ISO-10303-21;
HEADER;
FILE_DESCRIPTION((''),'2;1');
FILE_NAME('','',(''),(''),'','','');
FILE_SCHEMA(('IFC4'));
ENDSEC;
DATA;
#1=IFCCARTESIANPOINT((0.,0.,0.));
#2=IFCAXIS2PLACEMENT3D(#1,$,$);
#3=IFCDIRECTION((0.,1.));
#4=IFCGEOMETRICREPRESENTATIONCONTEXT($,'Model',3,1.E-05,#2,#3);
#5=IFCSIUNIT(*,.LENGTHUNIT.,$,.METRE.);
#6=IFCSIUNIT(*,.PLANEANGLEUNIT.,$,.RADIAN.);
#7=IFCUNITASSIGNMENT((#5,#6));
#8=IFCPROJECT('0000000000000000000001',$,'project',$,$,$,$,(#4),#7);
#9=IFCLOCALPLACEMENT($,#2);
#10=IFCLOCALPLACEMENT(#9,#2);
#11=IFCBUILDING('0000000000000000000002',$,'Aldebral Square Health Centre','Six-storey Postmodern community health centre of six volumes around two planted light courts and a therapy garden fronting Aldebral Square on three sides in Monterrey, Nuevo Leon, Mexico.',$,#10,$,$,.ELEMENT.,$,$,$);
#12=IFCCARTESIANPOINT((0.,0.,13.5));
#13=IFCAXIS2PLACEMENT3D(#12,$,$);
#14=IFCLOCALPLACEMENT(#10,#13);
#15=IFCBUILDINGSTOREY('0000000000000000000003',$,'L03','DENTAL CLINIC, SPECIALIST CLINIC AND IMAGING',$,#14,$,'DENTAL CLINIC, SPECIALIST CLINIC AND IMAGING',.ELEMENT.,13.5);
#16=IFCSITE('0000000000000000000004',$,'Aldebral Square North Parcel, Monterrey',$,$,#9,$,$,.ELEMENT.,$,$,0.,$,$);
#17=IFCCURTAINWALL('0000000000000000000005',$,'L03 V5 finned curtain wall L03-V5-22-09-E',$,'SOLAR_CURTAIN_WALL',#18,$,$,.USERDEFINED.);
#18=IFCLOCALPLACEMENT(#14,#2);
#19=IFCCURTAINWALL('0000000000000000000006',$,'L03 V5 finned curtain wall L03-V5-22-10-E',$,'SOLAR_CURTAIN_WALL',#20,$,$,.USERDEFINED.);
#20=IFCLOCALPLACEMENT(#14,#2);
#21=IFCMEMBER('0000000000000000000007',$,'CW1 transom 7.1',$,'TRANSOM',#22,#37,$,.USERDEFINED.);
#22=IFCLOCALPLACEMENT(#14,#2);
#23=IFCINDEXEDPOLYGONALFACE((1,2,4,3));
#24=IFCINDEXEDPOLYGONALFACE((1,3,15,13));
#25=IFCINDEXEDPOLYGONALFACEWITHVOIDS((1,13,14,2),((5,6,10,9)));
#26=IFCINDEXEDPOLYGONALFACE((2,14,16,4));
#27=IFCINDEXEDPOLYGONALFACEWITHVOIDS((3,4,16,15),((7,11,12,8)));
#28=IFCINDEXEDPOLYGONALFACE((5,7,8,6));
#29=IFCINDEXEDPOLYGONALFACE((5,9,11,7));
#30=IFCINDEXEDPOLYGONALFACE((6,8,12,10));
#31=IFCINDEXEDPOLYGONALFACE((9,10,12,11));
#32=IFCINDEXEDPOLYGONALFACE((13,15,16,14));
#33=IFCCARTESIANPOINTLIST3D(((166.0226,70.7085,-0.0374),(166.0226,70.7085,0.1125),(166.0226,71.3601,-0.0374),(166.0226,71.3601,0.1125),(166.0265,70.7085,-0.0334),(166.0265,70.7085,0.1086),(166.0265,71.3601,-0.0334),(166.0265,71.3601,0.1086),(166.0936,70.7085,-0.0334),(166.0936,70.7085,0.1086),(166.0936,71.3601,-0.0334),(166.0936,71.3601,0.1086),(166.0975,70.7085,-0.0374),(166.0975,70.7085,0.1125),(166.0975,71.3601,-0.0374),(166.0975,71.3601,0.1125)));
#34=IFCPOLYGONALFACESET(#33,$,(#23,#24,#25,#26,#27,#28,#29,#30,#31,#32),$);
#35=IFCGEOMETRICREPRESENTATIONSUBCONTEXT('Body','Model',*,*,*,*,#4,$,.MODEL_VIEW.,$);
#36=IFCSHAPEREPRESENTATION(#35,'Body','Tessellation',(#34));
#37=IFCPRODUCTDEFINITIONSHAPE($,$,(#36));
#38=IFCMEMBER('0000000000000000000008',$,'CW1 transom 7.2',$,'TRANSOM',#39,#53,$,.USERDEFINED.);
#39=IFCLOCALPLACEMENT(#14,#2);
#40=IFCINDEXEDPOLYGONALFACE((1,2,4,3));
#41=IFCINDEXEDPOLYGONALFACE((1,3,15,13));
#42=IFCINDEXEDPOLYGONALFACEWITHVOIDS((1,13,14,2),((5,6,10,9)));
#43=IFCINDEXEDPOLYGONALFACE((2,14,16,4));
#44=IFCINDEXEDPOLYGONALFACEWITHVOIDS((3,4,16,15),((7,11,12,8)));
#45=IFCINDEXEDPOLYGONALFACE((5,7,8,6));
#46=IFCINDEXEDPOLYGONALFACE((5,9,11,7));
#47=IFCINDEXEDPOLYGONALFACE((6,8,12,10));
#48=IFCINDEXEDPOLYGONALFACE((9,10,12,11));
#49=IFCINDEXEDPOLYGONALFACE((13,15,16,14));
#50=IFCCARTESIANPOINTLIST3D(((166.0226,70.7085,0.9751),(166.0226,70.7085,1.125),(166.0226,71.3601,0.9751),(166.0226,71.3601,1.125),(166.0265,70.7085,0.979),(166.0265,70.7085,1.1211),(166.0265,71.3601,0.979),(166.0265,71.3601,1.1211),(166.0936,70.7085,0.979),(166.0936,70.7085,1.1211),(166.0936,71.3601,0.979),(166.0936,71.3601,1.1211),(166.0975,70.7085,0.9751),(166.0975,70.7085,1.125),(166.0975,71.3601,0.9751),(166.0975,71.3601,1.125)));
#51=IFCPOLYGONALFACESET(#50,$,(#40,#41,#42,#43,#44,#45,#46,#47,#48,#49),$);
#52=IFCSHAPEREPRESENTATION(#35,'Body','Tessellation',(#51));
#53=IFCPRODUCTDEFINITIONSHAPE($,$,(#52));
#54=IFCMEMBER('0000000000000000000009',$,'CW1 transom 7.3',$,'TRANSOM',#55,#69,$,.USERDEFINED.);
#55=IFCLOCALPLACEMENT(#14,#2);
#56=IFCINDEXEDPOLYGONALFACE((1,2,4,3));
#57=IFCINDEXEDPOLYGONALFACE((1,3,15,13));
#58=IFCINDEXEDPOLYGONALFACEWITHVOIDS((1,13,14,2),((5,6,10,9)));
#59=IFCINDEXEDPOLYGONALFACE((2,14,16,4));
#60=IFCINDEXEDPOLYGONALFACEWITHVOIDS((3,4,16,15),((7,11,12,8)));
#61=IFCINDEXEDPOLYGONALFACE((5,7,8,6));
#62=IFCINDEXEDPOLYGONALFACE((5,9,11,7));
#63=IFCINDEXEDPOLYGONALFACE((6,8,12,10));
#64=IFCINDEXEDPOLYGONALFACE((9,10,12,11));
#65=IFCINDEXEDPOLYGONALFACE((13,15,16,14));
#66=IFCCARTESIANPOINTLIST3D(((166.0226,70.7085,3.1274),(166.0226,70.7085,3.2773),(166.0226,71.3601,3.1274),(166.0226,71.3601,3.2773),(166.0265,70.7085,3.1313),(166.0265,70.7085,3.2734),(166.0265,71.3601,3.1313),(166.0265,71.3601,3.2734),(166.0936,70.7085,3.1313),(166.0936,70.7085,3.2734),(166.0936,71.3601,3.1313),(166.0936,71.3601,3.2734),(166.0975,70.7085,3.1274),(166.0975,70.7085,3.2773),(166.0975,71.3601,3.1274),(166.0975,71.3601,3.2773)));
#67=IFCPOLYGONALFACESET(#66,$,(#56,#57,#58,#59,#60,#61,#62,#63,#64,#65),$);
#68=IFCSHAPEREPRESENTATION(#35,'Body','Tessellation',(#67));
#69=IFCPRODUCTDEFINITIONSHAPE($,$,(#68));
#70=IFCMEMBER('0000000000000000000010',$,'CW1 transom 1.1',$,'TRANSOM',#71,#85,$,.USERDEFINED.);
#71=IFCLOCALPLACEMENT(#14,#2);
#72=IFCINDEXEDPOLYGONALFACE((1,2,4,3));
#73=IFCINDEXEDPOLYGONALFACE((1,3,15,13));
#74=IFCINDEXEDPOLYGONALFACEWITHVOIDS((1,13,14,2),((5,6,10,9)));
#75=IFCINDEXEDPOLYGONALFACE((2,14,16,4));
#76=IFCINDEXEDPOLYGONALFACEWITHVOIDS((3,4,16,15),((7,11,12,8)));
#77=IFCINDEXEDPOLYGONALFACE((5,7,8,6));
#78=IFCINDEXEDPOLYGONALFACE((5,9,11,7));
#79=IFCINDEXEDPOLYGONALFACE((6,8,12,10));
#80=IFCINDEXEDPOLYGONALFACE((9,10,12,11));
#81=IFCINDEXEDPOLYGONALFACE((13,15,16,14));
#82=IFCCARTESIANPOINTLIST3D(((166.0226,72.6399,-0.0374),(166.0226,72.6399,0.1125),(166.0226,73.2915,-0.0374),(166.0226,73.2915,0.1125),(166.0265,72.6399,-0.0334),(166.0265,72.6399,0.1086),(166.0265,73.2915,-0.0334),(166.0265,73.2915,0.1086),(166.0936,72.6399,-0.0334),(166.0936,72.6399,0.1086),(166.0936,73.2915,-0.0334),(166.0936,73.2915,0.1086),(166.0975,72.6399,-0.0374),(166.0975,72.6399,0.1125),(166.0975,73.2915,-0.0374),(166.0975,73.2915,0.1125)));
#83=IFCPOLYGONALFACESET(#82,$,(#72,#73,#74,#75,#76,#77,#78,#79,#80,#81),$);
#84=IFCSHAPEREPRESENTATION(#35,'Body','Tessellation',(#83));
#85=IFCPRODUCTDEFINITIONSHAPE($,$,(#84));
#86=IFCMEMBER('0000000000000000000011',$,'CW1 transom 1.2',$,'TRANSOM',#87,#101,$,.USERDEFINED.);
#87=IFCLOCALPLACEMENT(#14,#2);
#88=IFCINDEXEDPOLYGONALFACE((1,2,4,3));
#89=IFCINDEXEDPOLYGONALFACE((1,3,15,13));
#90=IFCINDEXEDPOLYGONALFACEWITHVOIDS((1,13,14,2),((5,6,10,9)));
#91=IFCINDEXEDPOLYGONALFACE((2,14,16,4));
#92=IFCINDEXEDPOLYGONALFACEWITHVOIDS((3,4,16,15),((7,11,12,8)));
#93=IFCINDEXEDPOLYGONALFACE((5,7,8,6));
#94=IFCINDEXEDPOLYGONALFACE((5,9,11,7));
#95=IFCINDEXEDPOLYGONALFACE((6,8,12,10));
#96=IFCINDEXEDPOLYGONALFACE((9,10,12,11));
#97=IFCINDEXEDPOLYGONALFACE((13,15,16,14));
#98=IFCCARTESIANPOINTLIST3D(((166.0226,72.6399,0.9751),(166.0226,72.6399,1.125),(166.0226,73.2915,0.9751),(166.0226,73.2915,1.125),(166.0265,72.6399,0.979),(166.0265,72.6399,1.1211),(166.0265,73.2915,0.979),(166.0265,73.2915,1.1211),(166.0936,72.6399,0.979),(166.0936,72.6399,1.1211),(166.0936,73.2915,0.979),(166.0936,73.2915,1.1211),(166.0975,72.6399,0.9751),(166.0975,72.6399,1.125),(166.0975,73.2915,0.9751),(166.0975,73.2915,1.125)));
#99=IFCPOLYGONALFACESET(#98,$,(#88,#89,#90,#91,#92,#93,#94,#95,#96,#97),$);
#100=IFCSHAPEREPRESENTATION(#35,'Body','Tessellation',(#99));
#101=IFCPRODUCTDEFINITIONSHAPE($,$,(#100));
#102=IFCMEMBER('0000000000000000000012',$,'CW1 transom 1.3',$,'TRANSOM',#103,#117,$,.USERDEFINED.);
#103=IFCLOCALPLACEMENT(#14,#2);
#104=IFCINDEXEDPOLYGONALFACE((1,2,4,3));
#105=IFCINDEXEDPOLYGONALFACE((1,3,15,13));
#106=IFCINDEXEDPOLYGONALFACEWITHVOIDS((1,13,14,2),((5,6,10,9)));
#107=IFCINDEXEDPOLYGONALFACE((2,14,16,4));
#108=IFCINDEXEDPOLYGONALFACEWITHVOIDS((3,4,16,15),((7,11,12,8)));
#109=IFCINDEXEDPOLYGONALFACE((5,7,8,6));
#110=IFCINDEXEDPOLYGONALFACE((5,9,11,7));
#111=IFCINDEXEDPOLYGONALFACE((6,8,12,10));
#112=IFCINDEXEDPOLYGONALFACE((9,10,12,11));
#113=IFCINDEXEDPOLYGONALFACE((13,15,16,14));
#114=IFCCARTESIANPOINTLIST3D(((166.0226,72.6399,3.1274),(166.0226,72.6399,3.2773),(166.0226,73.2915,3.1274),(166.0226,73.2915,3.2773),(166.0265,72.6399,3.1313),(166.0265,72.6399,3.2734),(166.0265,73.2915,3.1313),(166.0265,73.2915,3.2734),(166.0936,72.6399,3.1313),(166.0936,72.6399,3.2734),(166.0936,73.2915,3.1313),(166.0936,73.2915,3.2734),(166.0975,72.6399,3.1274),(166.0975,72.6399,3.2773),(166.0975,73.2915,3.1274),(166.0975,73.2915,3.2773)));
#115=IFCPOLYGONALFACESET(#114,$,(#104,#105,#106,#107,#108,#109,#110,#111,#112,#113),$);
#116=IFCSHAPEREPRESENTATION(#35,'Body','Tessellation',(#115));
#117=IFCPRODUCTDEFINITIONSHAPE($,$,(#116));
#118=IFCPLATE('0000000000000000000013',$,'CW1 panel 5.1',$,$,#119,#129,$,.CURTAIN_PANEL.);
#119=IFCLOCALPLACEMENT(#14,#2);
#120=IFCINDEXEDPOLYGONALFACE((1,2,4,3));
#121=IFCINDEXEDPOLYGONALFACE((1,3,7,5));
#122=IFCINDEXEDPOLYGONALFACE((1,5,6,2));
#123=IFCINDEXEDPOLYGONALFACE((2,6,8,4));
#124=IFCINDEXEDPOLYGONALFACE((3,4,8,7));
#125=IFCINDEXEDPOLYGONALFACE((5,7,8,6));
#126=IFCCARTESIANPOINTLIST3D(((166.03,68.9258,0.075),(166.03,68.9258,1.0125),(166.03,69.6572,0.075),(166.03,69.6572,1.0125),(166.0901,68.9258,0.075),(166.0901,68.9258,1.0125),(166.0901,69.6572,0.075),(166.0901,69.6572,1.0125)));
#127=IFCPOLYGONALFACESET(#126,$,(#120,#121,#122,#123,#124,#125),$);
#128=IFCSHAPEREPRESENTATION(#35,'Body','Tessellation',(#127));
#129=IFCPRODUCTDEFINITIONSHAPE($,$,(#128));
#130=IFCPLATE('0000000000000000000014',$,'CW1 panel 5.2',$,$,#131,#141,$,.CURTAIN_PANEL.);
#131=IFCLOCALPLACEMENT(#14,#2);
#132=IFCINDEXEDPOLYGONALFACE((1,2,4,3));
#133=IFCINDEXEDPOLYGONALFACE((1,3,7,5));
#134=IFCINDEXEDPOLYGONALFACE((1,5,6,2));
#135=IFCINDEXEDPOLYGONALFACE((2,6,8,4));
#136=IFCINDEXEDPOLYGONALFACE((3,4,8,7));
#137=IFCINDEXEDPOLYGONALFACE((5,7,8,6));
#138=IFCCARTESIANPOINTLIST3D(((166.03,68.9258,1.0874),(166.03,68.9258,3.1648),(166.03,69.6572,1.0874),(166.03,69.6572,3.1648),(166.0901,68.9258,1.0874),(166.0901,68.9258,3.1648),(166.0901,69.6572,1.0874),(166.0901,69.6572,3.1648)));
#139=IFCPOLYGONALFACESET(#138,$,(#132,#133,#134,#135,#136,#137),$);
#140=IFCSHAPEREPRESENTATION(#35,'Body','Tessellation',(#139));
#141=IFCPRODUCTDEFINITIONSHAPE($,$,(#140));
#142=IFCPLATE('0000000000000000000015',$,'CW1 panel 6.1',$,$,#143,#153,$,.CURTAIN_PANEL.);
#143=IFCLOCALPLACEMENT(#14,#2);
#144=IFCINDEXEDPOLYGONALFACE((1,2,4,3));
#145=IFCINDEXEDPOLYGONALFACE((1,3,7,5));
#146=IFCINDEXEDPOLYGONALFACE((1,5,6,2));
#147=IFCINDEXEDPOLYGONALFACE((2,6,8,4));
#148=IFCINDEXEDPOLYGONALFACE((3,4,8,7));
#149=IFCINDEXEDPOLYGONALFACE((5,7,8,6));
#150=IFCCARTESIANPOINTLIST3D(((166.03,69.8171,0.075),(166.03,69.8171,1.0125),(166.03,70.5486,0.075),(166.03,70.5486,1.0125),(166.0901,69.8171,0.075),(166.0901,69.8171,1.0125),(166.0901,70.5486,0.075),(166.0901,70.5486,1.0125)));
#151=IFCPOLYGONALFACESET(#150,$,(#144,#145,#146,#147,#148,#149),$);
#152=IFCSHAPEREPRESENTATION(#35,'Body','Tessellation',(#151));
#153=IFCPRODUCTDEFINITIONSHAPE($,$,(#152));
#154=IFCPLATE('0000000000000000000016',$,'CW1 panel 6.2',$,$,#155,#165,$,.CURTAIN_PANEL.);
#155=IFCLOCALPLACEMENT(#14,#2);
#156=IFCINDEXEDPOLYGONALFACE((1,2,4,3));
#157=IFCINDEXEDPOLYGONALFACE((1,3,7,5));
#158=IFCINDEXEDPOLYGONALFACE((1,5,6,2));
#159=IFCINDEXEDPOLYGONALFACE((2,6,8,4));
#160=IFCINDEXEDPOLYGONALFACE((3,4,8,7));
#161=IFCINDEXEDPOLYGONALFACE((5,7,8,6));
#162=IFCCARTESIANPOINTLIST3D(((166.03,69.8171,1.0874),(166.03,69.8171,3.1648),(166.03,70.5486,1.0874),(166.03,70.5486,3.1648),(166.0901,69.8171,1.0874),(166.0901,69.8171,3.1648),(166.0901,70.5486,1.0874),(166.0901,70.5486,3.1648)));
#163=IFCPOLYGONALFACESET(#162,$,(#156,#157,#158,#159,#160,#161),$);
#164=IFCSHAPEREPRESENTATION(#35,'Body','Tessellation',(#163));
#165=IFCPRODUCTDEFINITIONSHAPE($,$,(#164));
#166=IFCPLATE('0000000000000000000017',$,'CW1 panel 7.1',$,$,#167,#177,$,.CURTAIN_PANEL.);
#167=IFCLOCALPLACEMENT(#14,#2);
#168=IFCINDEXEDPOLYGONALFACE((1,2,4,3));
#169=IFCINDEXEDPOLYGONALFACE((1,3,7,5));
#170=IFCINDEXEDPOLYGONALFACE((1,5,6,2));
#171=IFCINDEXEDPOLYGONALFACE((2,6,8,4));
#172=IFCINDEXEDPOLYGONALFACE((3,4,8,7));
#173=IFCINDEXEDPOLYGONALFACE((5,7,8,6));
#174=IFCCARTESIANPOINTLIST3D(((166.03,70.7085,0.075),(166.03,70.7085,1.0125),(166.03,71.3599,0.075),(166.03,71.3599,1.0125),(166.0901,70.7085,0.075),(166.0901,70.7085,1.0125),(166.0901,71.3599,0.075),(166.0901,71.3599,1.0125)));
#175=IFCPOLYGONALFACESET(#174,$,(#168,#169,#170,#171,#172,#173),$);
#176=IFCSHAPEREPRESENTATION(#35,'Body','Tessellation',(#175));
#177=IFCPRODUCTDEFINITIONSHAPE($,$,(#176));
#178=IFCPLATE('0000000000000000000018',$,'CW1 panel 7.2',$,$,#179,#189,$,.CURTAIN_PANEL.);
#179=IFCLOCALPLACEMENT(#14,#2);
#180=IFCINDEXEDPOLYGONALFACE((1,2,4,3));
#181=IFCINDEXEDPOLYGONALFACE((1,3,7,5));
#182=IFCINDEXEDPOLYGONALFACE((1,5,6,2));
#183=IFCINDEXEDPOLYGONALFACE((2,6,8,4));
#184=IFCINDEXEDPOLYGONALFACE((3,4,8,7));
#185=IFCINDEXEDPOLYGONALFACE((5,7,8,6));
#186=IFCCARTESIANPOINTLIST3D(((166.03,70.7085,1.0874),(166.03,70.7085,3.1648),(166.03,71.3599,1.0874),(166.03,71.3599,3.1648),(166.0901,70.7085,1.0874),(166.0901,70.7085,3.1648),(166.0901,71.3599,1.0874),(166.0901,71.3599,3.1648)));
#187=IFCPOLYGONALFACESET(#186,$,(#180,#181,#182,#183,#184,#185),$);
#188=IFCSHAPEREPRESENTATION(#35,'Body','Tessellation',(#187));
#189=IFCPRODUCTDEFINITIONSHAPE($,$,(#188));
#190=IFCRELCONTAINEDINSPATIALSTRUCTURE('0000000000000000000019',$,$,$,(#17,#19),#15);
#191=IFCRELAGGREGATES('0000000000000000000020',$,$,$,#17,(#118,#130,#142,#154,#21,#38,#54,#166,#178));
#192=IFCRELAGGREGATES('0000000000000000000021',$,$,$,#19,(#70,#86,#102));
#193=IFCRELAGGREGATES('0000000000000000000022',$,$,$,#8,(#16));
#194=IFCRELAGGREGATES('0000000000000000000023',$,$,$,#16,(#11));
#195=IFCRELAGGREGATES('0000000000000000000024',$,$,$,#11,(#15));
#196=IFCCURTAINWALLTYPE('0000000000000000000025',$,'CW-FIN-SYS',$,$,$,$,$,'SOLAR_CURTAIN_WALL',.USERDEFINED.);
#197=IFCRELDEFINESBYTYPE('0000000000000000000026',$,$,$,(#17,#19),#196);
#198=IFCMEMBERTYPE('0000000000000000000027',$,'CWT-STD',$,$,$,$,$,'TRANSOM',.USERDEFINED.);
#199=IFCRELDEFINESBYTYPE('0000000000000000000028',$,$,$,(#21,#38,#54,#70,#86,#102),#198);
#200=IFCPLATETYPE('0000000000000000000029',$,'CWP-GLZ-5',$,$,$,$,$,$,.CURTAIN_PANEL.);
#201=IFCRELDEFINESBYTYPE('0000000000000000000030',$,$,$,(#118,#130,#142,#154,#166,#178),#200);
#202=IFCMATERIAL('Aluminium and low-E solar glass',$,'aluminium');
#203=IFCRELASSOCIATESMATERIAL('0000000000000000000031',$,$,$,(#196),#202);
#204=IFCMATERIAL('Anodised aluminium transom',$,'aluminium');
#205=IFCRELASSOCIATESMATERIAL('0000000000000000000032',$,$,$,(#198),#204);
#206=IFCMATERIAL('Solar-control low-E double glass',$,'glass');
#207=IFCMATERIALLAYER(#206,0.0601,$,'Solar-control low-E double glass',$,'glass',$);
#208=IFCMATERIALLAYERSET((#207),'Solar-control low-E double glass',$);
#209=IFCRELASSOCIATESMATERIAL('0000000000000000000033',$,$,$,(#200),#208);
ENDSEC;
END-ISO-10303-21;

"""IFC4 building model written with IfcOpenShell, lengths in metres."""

from ifc_helpers import new_model, si_unit, direction, frame, origin, origin_2d, place, context, subcontext, project, spatial, rectangle, hollow_rectangle, extrude, material, layer, layer_set, material_profile, profile_set, type_object, element, aggregate, save


model = new_model("IFC4")

# Units and contexts
model_context = context("Model", 3, precision=1e-05, world=origin(), true_north=direction((0.0, 1.0)))
body_context = subcontext(model_context, "Body", "Model", "MODEL_VIEW")
ifc_project = project(units=[si_unit("LENGTHUNIT", "METRE"), si_unit("PLANEANGLEUNIT", "RADIAN")], contexts=[model_context])

# Site, building, storey
site_placement = place(None, origin())
site = spatial("IfcSite", under=ifc_project, at=site_placement, Name="Aldebral Square North Parcel, Monterrey", CompositionType="ELEMENT", RefElevation=0.0)
building_placement = place(site_placement, origin())
building = spatial("IfcBuilding", under=site, at=building_placement, Name="Aldebral Square Health Centre", Description="Six-storey Postmodern community health centre of six volumes around two planted light courts and a therapy garden fronting Aldebral Square on three sides in Monterrey, Nuevo Leon, Mexico.", CompositionType="ELEMENT")
storey_placement = place(building_placement, frame((0.0, 0.0, 13.5)))
storey = spatial("IfcBuildingStorey", under=building, at=storey_placement, Name="L03", Description="DENTAL CLINIC, SPECIALIST CLINIC AND IMAGING", LongName="DENTAL CLINIC, SPECIALIST CLINIC AND IMAGING", CompositionType="ELEMENT", Elevation=13.5)

# Curtain wall
ifc_material_1 = material(Name="Aluminium and low-E solar glass", Category="aluminium")
curtain_wall_type = type_object("IfcCurtainWallType", Name="CW-FIN-SYS", ElementType="SOLAR_CURTAIN_WALL", PredefinedType="USERDEFINED", material=ifc_material_1)
curtain_wall_1_placement = place(storey_placement, origin())
curtain_wall_1 = element("IfcCurtainWall", 1, at=curtain_wall_1_placement, inside=storey, type_object=curtain_wall_type, Name="L03 V5 finned curtain wall L03-V5-22-09-E", ObjectType="SOLAR_CURTAIN_WALL", PredefinedType="USERDEFINED")

# Curtain wall
curtain_wall_2_placement = place(storey_placement, origin())
curtain_wall_2 = element("IfcCurtainWall", 2, at=curtain_wall_2_placement, inside=storey, type_object=curtain_wall_type, Name="L03 V5 finned curtain wall L03-V5-22-10-E", ObjectType="SOLAR_CURTAIN_WALL", PredefinedType="USERDEFINED")

# Members
ifc_material_2 = material(Name="Anodised aluminium transom", Category="aluminium")
ifc_material_profile_1 = material_profile(ifc_material_2, hollow_rectangle(XDim=0.075, YDim=0.1499, WallThickness=0.0039, at=origin_2d()), Name="CWT 75x150x4")
ifc_profile_set_1 = profile_set([ifc_material_profile_1], Name="Anodised aluminium transom")
member_type_1 = type_object("IfcMemberType", Name="CWT-STD", ElementType="TRANSOM", PredefinedType="USERDEFINED", material=ifc_profile_set_1)
member_1_placement = place(storey_placement, frame((166.0601, 70.7085, 0.0376), z_axis=(0.0, 1.0, 0.0), x_axis=(-1.0, 0.0, 0.0)))
member_1 = element("IfcMember", 3, at=member_1_placement, type_object=member_type_1, Name="CW1 transom 7.1", ObjectType="TRANSOM", PredefinedType="USERDEFINED", context=body_context, shape_type="SweptSolid", body=[
    extrude(hollow_rectangle(XDim=0.075, YDim=0.1499, WallThickness=0.0039, at=origin_2d()), origin(), (0.0, 0.0, 1.0), 0.6516),
])
member_2_placement = place(storey_placement, frame((166.0601, 70.7085, 1.05), z_axis=(0.0, 1.0, 0.0), x_axis=(-1.0, 0.0, 0.0)))
member_2 = element("IfcMember", 4, at=member_2_placement, type_object=member_type_1, Name="CW1 transom 7.2", ObjectType="TRANSOM", PredefinedType="USERDEFINED", context=body_context, shape_type="SweptSolid", body=[
    extrude(hollow_rectangle(XDim=0.075, YDim=0.1499, WallThickness=0.0039, at=origin_2d()), origin(), (0.0, 0.0, 1.0), 0.6516),
])
member_3_placement = place(storey_placement, frame((166.0601, 70.7085, 3.2024), z_axis=(0.0, 1.0, 0.0), x_axis=(-1.0, 0.0, 0.0)))
member_3 = element("IfcMember", 5, at=member_3_placement, type_object=member_type_1, Name="CW1 transom 7.3", ObjectType="TRANSOM", PredefinedType="USERDEFINED", context=body_context, shape_type="SweptSolid", body=[
    extrude(hollow_rectangle(XDim=0.075, YDim=0.1499, WallThickness=0.0039, at=origin_2d()), origin(), (0.0, 0.0, 1.0), 0.6516),
])
member_4_placement = place(storey_placement, frame((166.0601, 72.6399, 0.0376), z_axis=(0.0, 1.0, 0.0), x_axis=(-1.0, 0.0, 0.0)))
member_4 = element("IfcMember", 6, at=member_4_placement, type_object=member_type_1, Name="CW1 transom 1.1", ObjectType="TRANSOM", PredefinedType="USERDEFINED", context=body_context, shape_type="SweptSolid", body=[
    extrude(hollow_rectangle(XDim=0.075, YDim=0.1499, WallThickness=0.0039, at=origin_2d()), origin(), (0.0, 0.0, 1.0), 0.6516),
])
member_5_placement = place(storey_placement, frame((166.0601, 72.6399, 1.05), z_axis=(0.0, 1.0, 0.0), x_axis=(-1.0, 0.0, 0.0)))
member_5 = element("IfcMember", 7, at=member_5_placement, type_object=member_type_1, Name="CW1 transom 1.2", ObjectType="TRANSOM", PredefinedType="USERDEFINED", context=body_context, shape_type="SweptSolid", body=[
    extrude(hollow_rectangle(XDim=0.075, YDim=0.1499, WallThickness=0.0039, at=origin_2d()), origin(), (0.0, 0.0, 1.0), 0.6516),
])
member_6_placement = place(storey_placement, frame((166.0601, 72.6399, 3.2024), z_axis=(0.0, 1.0, 0.0), x_axis=(-1.0, 0.0, 0.0)))
member_6 = element("IfcMember", 8, at=member_6_placement, type_object=member_type_1, Name="CW1 transom 1.3", ObjectType="TRANSOM", PredefinedType="USERDEFINED", context=body_context, shape_type="SweptSolid", body=[
    extrude(hollow_rectangle(XDim=0.075, YDim=0.1499, WallThickness=0.0039, at=origin_2d()), origin(), (0.0, 0.0, 1.0), 0.6516),
])

# Plates
ifc_material_3 = material(Name="Solar-control low-E double glass", Category="glass")
ifc_layer_1 = layer(ifc_material_3, 0.0601, Name="Solar-control low-E double glass", Category="glass")
ifc_layer_set_1 = layer_set([ifc_layer_1], Name="Solar-control low-E double glass")
plate_type_1 = type_object("IfcPlateType", Name="CWP-GLZ-5", PredefinedType="CURTAIN_PANEL", material=ifc_layer_set_1)
plate_1_placement = place(storey_placement, frame((166.0601, 69.2915, 0.075), z_axis=(0.0, 0.0, 1.0), x_axis=(0.0, 1.0, 0.0)))
plate_1 = element("IfcPlate", 9, at=plate_1_placement, type_object=plate_type_1, Name="CW1 panel 5.1", PredefinedType="CURTAIN_PANEL", context=body_context, shape_type="SweptSolid", body=[
    extrude(rectangle(XDim=0.7314, YDim=0.0601, at=origin_2d()), origin(), (0.0, 0.0, 1.0), 0.9375),
])
plate_2_placement = place(storey_placement, frame((166.0601, 69.2915, 1.0874), z_axis=(0.0, 0.0, 1.0), x_axis=(0.0, 1.0, 0.0)))
plate_2 = element("IfcPlate", 10, at=plate_2_placement, type_object=plate_type_1, Name="CW1 panel 5.2", PredefinedType="CURTAIN_PANEL", context=body_context, shape_type="SweptSolid", body=[
    extrude(rectangle(XDim=0.7314, YDim=0.0601, at=origin_2d()), origin(), (0.0, 0.0, 1.0), 2.0774),
])
plate_3_placement = place(storey_placement, frame((166.0601, 70.1829, 0.075), z_axis=(0.0, 0.0, 1.0), x_axis=(0.0, 1.0, 0.0)))
plate_3 = element("IfcPlate", 11, at=plate_3_placement, type_object=plate_type_1, Name="CW1 panel 6.1", PredefinedType="CURTAIN_PANEL", context=body_context, shape_type="SweptSolid", body=[
    extrude(rectangle(XDim=0.7314, YDim=0.0601, at=origin_2d()), origin(), (0.0, 0.0, 1.0), 0.9375),
])
plate_4_placement = place(storey_placement, frame((166.0601, 70.1829, 1.0874), z_axis=(0.0, 0.0, 1.0), x_axis=(0.0, 1.0, 0.0)))
plate_4 = element("IfcPlate", 12, at=plate_4_placement, type_object=plate_type_1, Name="CW1 panel 6.2", PredefinedType="CURTAIN_PANEL", context=body_context, shape_type="SweptSolid", body=[
    extrude(rectangle(XDim=0.7314, YDim=0.0601, at=origin_2d()), origin(), (0.0, 0.0, 1.0), 2.0774),
])
plate_5_placement = place(storey_placement, frame((166.0601, 71.0342, 0.075), z_axis=(0.0, 0.0, 1.0), x_axis=(0.0, 1.0, 0.0)))
plate_5 = element("IfcPlate", 13, at=plate_5_placement, type_object=plate_type_1, Name="CW1 panel 7.1", PredefinedType="CURTAIN_PANEL", context=body_context, shape_type="SweptSolid", body=[
    extrude(rectangle(XDim=0.6514, YDim=0.0601, at=origin_2d()), origin(), (0.0, 0.0, 1.0), 0.9375),
])
plate_6_placement = place(storey_placement, frame((166.0601, 71.0342, 1.0874), z_axis=(0.0, 0.0, 1.0), x_axis=(0.0, 1.0, 0.0)))
plate_6 = element("IfcPlate", 14, at=plate_6_placement, type_object=plate_type_1, Name="CW1 panel 7.2", PredefinedType="CURTAIN_PANEL", context=body_context, shape_type="SweptSolid", body=[
    extrude(rectangle(XDim=0.6514, YDim=0.0601, at=origin_2d()), origin(), (0.0, 0.0, 1.0), 2.0774),
])
aggregate(curtain_wall_1, [plate_1, plate_2, plate_3, plate_4, member_1, member_2, member_3, plate_5, plate_6])
aggregate(curtain_wall_2, [member_4, member_5, member_6])

save(model, "model.ifc")
